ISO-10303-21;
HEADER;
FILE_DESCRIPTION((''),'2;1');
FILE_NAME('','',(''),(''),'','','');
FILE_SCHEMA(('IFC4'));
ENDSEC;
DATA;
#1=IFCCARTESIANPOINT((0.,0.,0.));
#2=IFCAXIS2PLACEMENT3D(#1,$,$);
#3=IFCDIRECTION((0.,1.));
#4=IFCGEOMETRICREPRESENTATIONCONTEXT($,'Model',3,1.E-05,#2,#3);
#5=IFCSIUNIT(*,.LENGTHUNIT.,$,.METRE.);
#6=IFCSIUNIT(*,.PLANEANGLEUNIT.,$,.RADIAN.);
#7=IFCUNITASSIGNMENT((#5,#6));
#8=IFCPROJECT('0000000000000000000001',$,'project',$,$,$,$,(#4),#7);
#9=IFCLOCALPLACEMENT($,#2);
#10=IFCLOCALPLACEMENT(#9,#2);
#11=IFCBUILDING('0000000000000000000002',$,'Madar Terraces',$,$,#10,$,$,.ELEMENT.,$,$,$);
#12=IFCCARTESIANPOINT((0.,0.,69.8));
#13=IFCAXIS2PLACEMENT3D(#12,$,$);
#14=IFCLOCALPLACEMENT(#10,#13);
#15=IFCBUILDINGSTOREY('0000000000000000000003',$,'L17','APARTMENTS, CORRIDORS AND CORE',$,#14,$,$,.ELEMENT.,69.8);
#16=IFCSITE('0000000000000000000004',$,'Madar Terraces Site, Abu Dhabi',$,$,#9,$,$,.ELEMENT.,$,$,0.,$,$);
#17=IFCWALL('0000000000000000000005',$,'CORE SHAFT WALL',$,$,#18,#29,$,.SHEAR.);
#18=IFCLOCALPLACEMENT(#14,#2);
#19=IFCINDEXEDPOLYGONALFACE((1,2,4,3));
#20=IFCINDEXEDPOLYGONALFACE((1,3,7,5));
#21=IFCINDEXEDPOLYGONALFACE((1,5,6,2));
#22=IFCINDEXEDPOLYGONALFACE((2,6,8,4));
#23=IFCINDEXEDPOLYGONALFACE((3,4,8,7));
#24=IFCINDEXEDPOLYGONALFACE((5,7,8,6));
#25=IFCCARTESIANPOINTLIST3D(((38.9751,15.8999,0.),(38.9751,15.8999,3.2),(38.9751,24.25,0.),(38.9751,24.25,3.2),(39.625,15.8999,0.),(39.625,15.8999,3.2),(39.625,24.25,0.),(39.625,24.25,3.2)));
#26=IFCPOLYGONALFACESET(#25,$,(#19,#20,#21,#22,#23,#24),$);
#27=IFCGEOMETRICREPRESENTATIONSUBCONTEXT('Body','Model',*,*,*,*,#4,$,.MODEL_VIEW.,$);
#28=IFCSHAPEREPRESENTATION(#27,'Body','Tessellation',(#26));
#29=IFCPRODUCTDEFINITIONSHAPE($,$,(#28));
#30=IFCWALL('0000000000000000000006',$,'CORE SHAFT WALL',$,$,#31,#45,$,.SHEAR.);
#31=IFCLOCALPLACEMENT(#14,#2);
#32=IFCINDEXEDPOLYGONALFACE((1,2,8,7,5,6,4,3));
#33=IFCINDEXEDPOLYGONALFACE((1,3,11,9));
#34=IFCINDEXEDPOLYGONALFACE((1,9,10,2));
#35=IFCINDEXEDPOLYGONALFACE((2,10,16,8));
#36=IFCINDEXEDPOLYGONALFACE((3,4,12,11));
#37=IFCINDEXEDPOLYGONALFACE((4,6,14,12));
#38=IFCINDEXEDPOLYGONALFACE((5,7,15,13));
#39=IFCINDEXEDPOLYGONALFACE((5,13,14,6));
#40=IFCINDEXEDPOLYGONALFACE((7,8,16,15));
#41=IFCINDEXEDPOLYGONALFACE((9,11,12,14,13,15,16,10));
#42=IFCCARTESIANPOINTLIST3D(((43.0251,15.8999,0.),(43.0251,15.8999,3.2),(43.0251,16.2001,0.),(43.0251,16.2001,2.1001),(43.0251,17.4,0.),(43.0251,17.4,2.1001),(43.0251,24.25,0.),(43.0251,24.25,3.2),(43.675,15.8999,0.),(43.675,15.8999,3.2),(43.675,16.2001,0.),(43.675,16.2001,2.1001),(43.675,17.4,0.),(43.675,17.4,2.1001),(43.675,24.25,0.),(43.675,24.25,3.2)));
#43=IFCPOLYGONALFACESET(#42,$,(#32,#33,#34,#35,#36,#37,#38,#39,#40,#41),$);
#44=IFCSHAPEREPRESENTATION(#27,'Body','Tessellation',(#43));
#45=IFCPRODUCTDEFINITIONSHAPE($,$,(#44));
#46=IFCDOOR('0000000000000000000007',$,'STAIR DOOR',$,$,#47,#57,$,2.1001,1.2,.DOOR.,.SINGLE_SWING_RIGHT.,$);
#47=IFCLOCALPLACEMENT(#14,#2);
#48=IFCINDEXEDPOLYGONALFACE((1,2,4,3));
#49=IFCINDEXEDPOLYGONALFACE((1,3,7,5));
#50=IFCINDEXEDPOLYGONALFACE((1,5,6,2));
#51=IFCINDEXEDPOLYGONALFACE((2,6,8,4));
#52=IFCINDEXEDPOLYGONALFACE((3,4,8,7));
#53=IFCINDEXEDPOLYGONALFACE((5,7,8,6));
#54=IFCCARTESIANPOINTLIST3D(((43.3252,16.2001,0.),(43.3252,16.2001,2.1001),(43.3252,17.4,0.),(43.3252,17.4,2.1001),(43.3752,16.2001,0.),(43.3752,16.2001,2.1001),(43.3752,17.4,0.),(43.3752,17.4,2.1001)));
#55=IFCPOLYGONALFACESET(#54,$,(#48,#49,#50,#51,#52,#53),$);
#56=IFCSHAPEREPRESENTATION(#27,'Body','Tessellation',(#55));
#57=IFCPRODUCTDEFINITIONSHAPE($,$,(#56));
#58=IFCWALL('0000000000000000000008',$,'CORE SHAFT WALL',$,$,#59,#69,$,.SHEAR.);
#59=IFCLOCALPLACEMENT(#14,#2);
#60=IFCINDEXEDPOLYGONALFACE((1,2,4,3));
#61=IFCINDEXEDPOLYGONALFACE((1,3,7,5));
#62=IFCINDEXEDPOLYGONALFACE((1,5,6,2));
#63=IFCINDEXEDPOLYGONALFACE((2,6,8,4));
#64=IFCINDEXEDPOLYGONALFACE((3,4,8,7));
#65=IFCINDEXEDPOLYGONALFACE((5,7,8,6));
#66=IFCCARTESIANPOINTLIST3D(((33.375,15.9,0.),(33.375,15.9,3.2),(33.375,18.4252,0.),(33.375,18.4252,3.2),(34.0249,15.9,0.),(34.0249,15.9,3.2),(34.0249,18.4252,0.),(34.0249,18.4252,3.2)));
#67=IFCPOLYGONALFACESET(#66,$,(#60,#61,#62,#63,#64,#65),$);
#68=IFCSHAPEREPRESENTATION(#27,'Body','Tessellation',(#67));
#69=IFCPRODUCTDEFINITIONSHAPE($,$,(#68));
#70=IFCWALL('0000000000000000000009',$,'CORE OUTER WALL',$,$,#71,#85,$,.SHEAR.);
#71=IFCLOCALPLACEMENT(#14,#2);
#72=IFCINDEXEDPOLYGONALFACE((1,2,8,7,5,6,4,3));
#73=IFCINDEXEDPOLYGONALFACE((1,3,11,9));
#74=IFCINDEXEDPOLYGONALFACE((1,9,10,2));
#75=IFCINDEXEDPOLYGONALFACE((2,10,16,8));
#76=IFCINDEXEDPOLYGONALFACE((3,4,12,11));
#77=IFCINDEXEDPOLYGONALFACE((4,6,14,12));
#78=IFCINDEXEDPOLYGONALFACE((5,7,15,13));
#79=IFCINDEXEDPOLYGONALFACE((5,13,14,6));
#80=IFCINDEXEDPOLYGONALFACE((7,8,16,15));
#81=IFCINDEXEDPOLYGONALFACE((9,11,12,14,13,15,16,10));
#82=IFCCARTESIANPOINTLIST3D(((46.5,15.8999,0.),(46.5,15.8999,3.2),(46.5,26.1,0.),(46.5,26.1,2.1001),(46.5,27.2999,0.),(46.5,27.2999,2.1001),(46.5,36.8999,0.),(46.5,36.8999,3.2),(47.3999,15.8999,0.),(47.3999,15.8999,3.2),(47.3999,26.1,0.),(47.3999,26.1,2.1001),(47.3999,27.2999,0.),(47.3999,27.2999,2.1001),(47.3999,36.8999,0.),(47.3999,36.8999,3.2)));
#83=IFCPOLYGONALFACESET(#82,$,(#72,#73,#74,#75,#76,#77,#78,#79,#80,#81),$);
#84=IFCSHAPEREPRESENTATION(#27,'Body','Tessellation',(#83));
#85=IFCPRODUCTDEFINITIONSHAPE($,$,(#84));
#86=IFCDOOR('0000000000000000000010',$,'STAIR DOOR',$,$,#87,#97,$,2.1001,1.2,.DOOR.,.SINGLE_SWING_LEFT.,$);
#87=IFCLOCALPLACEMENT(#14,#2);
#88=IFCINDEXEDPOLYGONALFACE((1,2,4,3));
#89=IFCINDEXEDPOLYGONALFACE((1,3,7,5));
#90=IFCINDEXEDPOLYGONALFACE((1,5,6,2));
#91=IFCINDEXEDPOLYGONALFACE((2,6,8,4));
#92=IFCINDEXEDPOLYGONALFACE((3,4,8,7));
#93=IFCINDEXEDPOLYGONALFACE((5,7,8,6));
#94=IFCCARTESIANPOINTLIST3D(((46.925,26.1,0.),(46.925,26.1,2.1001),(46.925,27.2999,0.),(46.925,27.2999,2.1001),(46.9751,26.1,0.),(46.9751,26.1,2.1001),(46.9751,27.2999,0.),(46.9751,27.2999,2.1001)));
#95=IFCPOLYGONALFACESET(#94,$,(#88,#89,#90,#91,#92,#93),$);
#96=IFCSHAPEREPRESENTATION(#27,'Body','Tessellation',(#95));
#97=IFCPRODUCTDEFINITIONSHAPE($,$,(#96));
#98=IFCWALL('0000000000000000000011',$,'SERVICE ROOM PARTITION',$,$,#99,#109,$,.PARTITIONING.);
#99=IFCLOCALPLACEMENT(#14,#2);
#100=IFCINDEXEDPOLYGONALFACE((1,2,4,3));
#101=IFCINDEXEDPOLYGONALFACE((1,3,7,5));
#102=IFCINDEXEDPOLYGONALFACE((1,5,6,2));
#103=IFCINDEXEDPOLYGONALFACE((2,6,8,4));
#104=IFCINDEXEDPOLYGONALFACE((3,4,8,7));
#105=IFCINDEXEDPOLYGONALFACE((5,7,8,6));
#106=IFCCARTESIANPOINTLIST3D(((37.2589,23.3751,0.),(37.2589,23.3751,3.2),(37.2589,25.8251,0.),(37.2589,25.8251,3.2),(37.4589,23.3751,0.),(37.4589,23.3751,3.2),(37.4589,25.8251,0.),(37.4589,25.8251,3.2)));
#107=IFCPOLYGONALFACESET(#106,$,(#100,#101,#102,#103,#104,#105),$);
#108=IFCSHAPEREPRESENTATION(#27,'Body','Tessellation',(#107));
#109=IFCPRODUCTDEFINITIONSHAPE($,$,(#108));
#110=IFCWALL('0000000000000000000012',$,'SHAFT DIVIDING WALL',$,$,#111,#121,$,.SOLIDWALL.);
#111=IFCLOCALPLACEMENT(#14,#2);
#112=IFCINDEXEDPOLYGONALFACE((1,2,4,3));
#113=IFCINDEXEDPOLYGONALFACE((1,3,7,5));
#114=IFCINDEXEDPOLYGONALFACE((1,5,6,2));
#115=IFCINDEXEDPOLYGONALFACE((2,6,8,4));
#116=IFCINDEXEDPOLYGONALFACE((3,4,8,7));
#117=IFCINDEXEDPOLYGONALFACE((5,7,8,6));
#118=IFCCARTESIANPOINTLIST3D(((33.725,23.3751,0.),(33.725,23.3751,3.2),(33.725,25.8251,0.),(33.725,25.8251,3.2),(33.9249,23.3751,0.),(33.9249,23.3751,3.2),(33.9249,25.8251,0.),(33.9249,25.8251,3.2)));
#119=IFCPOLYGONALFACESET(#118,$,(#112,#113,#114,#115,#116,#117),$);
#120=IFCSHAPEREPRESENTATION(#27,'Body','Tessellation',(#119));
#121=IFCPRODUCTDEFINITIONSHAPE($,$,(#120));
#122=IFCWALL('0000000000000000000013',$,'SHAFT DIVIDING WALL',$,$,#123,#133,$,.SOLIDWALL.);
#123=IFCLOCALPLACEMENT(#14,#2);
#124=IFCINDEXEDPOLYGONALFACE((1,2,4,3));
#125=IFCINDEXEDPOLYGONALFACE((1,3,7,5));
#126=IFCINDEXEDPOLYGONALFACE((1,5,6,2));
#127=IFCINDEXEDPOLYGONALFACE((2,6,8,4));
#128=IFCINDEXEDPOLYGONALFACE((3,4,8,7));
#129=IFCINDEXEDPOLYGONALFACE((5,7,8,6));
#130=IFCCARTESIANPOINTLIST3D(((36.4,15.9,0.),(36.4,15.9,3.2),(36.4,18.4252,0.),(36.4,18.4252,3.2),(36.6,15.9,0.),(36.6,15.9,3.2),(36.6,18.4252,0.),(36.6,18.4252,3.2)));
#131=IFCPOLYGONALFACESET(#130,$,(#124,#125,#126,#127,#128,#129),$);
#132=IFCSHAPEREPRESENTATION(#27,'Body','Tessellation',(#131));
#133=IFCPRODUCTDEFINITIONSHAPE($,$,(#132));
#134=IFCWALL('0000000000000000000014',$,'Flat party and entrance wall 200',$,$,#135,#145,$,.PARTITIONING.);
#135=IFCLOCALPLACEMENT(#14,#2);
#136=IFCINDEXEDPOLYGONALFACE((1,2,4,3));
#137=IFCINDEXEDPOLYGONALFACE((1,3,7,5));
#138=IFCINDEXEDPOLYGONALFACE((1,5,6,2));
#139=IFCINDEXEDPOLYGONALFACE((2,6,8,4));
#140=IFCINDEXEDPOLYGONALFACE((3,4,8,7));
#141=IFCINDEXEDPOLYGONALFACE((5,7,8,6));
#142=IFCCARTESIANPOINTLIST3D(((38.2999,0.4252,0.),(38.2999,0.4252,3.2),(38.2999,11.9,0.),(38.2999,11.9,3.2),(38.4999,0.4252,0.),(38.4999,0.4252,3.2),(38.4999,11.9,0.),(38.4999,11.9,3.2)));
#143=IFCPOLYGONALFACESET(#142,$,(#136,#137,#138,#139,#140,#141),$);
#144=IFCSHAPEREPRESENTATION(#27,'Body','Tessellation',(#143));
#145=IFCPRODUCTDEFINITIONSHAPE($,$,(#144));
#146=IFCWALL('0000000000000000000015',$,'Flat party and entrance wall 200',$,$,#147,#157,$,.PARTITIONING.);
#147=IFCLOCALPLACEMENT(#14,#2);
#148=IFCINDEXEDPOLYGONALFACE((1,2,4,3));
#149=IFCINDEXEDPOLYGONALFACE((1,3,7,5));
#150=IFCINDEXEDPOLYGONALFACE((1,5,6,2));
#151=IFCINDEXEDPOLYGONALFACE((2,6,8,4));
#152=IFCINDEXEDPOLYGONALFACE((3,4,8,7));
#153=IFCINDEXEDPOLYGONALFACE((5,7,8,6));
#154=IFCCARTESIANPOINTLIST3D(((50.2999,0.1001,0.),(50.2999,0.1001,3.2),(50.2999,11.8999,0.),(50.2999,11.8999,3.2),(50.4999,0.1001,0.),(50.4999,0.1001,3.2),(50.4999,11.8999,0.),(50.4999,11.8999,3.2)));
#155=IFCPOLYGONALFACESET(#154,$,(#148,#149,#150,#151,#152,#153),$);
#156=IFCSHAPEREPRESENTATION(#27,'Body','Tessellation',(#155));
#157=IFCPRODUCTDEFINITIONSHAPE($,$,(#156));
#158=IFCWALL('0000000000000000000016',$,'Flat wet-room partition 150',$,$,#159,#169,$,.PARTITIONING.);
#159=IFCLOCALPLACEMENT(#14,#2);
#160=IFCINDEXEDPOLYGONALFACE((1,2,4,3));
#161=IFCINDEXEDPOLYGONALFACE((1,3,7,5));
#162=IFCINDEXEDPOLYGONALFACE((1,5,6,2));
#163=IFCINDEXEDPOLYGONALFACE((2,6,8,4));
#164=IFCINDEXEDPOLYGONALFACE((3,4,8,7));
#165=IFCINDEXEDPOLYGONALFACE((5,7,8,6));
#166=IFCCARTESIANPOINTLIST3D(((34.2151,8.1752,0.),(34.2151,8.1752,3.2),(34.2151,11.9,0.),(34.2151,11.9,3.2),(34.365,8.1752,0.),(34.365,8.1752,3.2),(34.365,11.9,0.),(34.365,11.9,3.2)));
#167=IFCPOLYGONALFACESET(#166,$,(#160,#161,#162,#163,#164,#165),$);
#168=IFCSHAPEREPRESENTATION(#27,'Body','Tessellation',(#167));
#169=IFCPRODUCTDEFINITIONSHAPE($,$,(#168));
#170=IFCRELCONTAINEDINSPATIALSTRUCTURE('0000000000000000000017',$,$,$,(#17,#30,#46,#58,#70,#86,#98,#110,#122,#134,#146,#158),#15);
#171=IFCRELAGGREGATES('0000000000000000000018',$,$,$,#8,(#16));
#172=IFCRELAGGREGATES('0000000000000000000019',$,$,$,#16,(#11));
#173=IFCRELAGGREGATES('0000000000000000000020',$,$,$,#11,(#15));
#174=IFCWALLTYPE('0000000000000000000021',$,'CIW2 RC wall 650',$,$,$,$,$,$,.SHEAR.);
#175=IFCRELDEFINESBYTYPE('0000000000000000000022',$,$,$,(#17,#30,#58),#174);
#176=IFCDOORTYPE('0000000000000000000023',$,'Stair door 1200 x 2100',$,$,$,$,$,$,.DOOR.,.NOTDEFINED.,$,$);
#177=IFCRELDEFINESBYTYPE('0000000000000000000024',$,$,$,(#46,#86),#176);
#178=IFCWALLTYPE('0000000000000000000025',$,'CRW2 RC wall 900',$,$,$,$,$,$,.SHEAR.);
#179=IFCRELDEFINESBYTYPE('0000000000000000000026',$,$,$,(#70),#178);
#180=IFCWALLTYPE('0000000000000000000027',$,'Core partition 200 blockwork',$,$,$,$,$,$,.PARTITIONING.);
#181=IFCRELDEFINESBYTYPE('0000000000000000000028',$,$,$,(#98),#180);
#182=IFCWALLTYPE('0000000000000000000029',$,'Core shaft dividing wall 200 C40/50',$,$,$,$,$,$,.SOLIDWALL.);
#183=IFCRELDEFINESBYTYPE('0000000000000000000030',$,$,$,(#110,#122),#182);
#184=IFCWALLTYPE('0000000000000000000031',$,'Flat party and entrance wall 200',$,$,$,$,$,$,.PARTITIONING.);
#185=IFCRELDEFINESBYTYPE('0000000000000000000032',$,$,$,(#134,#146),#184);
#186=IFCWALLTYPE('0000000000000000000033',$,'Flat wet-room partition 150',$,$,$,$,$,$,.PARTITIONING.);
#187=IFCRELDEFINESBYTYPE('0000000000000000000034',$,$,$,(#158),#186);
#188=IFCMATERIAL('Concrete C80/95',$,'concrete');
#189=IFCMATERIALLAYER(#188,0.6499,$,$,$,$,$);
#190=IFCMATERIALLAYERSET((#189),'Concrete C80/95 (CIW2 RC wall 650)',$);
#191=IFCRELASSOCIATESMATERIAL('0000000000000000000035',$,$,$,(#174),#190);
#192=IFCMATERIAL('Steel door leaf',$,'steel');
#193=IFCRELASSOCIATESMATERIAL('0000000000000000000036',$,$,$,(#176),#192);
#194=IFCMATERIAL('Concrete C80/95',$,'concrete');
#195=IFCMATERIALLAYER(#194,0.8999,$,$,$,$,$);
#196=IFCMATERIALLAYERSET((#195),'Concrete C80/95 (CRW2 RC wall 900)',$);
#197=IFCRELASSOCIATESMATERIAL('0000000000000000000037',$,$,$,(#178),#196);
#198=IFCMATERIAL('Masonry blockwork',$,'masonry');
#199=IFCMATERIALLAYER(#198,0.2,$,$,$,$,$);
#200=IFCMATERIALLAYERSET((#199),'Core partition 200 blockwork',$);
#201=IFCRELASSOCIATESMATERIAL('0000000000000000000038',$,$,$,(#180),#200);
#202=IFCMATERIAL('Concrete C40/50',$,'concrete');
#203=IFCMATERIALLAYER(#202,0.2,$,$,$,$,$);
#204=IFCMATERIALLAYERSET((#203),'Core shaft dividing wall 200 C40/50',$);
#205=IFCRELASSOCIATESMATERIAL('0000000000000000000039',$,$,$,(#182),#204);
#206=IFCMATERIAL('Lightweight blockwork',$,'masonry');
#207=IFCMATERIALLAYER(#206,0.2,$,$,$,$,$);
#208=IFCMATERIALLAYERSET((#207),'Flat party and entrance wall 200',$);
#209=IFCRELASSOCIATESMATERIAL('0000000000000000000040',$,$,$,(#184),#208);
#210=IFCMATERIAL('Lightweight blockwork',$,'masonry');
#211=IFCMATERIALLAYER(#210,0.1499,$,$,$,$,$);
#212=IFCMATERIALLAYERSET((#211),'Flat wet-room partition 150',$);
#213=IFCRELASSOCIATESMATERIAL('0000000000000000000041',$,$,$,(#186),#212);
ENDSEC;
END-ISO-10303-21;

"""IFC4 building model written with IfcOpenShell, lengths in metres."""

from ifc_helpers import new_model, si_unit, direction, frame, frame_2d, origin, place, context, subcontext, project, spatial, rectangle, extrude, material, layer, layer_set, type_object, element, fill, save


model = new_model("IFC4")

# Units and contexts
model_context = context("Model", 3, precision=1e-05, world=origin(), true_north=direction((0.0, 1.0)))
body_context = subcontext(model_context, "Body", "Model", "MODEL_VIEW")
ifc_project = project(units=[si_unit("LENGTHUNIT", "METRE"), si_unit("PLANEANGLEUNIT", "RADIAN")], contexts=[model_context])

# Site, building, storey
site_placement = place(None, origin())
site = spatial("IfcSite", under=ifc_project, at=site_placement, Name="Madar Terraces Site, Abu Dhabi", CompositionType="ELEMENT", RefElevation=0.0)
building_placement = place(site_placement, origin())
building = spatial("IfcBuilding", under=site, at=building_placement, Name="Madar Terraces", CompositionType="ELEMENT")
storey_placement = place(building_placement, frame((0.0, 0.0, 69.8)))
storey = spatial("IfcBuildingStorey", under=building, at=storey_placement, Name="L17", Description="APARTMENTS, CORRIDORS AND CORE", CompositionType="ELEMENT", Elevation=69.8)

# Wall
ifc_material_1 = material(Name="Concrete C80/95", Category="concrete")
ifc_layer_1 = layer(ifc_material_1, 0.6499)
ifc_layer_set_1 = layer_set([ifc_layer_1], Name="Concrete C80/95 (CIW2 RC wall 650)")
wall_type_1 = type_object("IfcWallType", Name="CIW2 RC wall 650", PredefinedType="SHEAR", material=ifc_layer_set_1)
wall_1_placement = place(storey_placement, frame((39.3, 15.8999, 0.0), z_axis=(0.0, 0.0, 1.0), x_axis=(0.0, 1.0, 0.0)))
element("IfcWall", 1, at=wall_1_placement, inside=storey, type_object=wall_type_1, Name="CORE SHAFT WALL", PredefinedType="SHEAR", context=body_context, shape_type="SweptSolid", body=[
    extrude(rectangle(XDim=8.3501, YDim=0.6499, at=frame_2d((4.175, 0.0))), origin(), (0.0, 0.0, 1.0), 3.2),
])

# Wall, opening, door
wall_2_placement = place(storey_placement, frame((43.3501, 15.8999, 0.0), z_axis=(0.0, 0.0, 1.0), x_axis=(0.0, 1.0, 0.0)))
wall_2 = element("IfcWall", 2, at=wall_2_placement, inside=storey, type_object=wall_type_1, Name="CORE SHAFT WALL", PredefinedType="SHEAR", context=body_context, shape_type="SweptSolid", body=[
    extrude(rectangle(XDim=8.3501, YDim=0.6499, at=frame_2d((4.175, 0.0))), origin(), (0.0, 0.0, 1.0), 3.2),
])
opening_1_placement = place(wall_2_placement, frame((0.3, 0.0, 0.0)))
opening_1 = element("IfcOpeningElement", 3, at=opening_1_placement, cuts=wall_2, PredefinedType="OPENING", context=body_context, shape_type="SweptSolid", body=[
    extrude(rectangle(XDim=1.2, YDim=2.1001, at=frame_2d((0.6001, 1.05))), frame((0.0, 0.335, 0.0), z_axis=(0.0, -1.0, 0.0), x_axis=(1.0, 0.0, 0.0)), (0.0, 0.0, 1.0), 0.6699),
])
ifc_material_2 = material(Name="Steel door leaf", Category="steel")
door_type_1 = type_object("IfcDoorType", Name="Stair door 1200 x 2100", OperationType="NOTDEFINED", PredefinedType="DOOR", material=ifc_material_2)
door_1_placement = place(opening_1_placement, origin())
door_1 = element("IfcDoor", 4, at=door_1_placement, inside=storey, type_object=door_type_1, Name="STAIR DOOR", OperationType="SINGLE_SWING_RIGHT", OverallHeight=2.1001, OverallWidth=1.2, PredefinedType="DOOR", context=body_context, shape_type="SweptSolid", body=[
    extrude(rectangle(XDim=1.2, YDim=2.1001, at=frame_2d((0.6001, 1.05))), frame((0.0, 0.0249, 0.0), z_axis=(0.0, -1.0, 0.0), x_axis=(1.0, 0.0, 0.0)), (0.0, 0.0, 1.0), 0.05),
])
fill(opening_1, door_1)

# Wall
wall_3_placement = place(storey_placement, frame((33.7, 15.8999, 0.0), z_axis=(0.0, 0.0, 1.0), x_axis=(0.0, 1.0, 0.0)))
element("IfcWall", 5, at=wall_3_placement, inside=storey, type_object=wall_type_1, Name="CORE SHAFT WALL", PredefinedType="SHEAR", context=body_context, shape_type="SweptSolid", body=[
    extrude(rectangle(XDim=2.5251, YDim=0.6499, at=frame_2d((1.2627, 0.0))), origin(), (0.0, 0.0, 1.0), 3.2),
])

# Wall, opening, door
ifc_material_3 = material(Name="Concrete C80/95", Category="concrete")
ifc_layer_2 = layer(ifc_material_3, 0.8999)
ifc_layer_set_2 = layer_set([ifc_layer_2], Name="Concrete C80/95 (CRW2 RC wall 900)")
wall_type_2 = type_object("IfcWallType", Name="CRW2 RC wall 900", PredefinedType="SHEAR", material=ifc_layer_set_2)
wall_4_placement = place(storey_placement, frame((46.95, 15.8999, 0.0), z_axis=(0.0, 0.0, 1.0), x_axis=(0.0, 1.0, 0.0)))
wall_4 = element("IfcWall", 6, at=wall_4_placement, inside=storey, type_object=wall_type_2, Name="CORE OUTER WALL", PredefinedType="SHEAR", context=body_context, shape_type="SweptSolid", body=[
    extrude(rectangle(XDim=21.0, YDim=0.8999, at=frame_2d((10.5, 0.0))), origin(), (0.0, 0.0, 1.0), 3.2),
])
opening_2_placement = place(wall_4_placement, frame((10.2, 0.0, 0.0)))
opening_2 = element("IfcOpeningElement", 7, at=opening_2_placement, cuts=wall_4, PredefinedType="OPENING", context=body_context, shape_type="SweptSolid", body=[
    extrude(rectangle(XDim=1.2, YDim=2.1001, at=frame_2d((0.6001, 1.05))), frame((0.0, 0.46, 0.0), z_axis=(0.0, -1.0, 0.0), x_axis=(1.0, 0.0, 0.0)), (0.0, 0.0, 1.0), 0.9199),
])
door_2_placement = place(opening_2_placement, origin())
door_2 = element("IfcDoor", 8, at=door_2_placement, inside=storey, type_object=door_type_1, Name="STAIR DOOR", OperationType="SINGLE_SWING_LEFT", OverallHeight=2.1001, OverallWidth=1.2, PredefinedType="DOOR", context=body_context, shape_type="SweptSolid", body=[
    extrude(rectangle(XDim=1.2, YDim=2.1001, at=frame_2d((0.6001, 1.05))), frame((0.0, 0.0249, 0.0), z_axis=(0.0, -1.0, 0.0), x_axis=(1.0, 0.0, 0.0)), (0.0, 0.0, 1.0), 0.05),
])
fill(opening_2, door_2)

# Walls
ifc_material_4 = material(Name="Masonry blockwork", Category="masonry")
ifc_layer_3 = layer(ifc_material_4, 0.2)
ifc_layer_set_3 = layer_set([ifc_layer_3], Name="Core partition 200 blockwork")
wall_type_3 = type_object("IfcWallType", Name="Core partition 200 blockwork", PredefinedType="PARTITIONING", material=ifc_layer_set_3)
wall_5_placement = place(storey_placement, frame((37.3589, 23.375, 0.0), z_axis=(0.0, 0.0, 1.0), x_axis=(0.0, 1.0, 0.0)))
element("IfcWall", 9, at=wall_5_placement, inside=storey, type_object=wall_type_3, Name="SERVICE ROOM PARTITION", PredefinedType="PARTITIONING", context=body_context, shape_type="SweptSolid", body=[
    extrude(rectangle(XDim=2.45, YDim=0.2, at=frame_2d((1.2251, 0.0))), origin(), (0.0, 0.0, 1.0), 3.2),
])
ifc_material_5 = material(Name="Concrete C40/50", Category="concrete")
ifc_layer_4 = layer(ifc_material_5, 0.2)
ifc_layer_set_4 = layer_set([ifc_layer_4], Name="Core shaft dividing wall 200 C40/50")
wall_type_4 = type_object("IfcWallType", Name="Core shaft dividing wall 200 C40/50", PredefinedType="SOLIDWALL", material=ifc_layer_set_4)
wall_6_placement = place(storey_placement, frame((33.825, 23.375, 0.0), z_axis=(0.0, 0.0, 1.0), x_axis=(0.0, 1.0, 0.0)))
element("IfcWall", 10, at=wall_6_placement, inside=storey, type_object=wall_type_4, Name="SHAFT DIVIDING WALL", PredefinedType="SOLIDWALL", context=body_context, shape_type="SweptSolid", body=[
    extrude(rectangle(XDim=2.45, YDim=0.2, at=frame_2d((1.2251, 0.0))), origin(), (0.0, 0.0, 1.0), 3.2),
])
wall_7_placement = place(storey_placement, frame((36.5, 15.8999, 0.0), z_axis=(0.0, 0.0, 1.0), x_axis=(0.0, 1.0, 0.0)))
element("IfcWall", 11, at=wall_7_placement, inside=storey, type_object=wall_type_4, Name="SHAFT DIVIDING WALL", PredefinedType="SOLIDWALL", context=body_context, shape_type="SweptSolid", body=[
    extrude(rectangle(XDim=2.5251, YDim=0.2, at=frame_2d((1.2627, 0.0))), origin(), (0.0, 0.0, 1.0), 3.2),
])
ifc_material_6 = material(Name="Lightweight blockwork", Category="masonry")
ifc_layer_5 = layer(ifc_material_6, 0.2)
ifc_layer_set_5 = layer_set([ifc_layer_5], Name="Flat party and entrance wall 200")
wall_type_5 = type_object("IfcWallType", Name="Flat party and entrance wall 200", PredefinedType="PARTITIONING", material=ifc_layer_set_5)
wall_8_placement = place(storey_placement, frame((38.3999, 11.8999, 0.0), z_axis=(0.0, 0.0, 1.0), x_axis=(0.0, -1.0, 0.0)))
element("IfcWall", 12, at=wall_8_placement, inside=storey, type_object=wall_type_5, Name="Flat party and entrance wall 200", PredefinedType="PARTITIONING", context=body_context, shape_type="SweptSolid", body=[
    extrude(rectangle(XDim=11.4749, YDim=0.2, at=frame_2d((5.7373, 0.0))), origin(), (0.0, 0.0, 1.0), 3.2),
])
wall_9_placement = place(storey_placement, frame((50.3999, 11.8999, 0.0), z_axis=(0.0, 0.0, 1.0), x_axis=(0.0, -1.0, 0.0)))
element("IfcWall", 13, at=wall_9_placement, inside=storey, type_object=wall_type_5, Name="Flat party and entrance wall 200", PredefinedType="PARTITIONING", context=body_context, shape_type="SweptSolid", body=[
    extrude(rectangle(XDim=11.7998, YDim=0.2, at=frame_2d((5.8999, 0.0))), origin(), (0.0, 0.0, 1.0), 3.2),
])
ifc_material_7 = material(Name="Lightweight blockwork", Category="masonry")
ifc_layer_6 = layer(ifc_material_7, 0.1499)
ifc_layer_set_6 = layer_set([ifc_layer_6], Name="Flat wet-room partition 150")
wall_type_6 = type_object("IfcWallType", Name="Flat wet-room partition 150", PredefinedType="PARTITIONING", material=ifc_layer_set_6)
wall_10_placement = place(storey_placement, frame((34.29, 11.8999, 0.0), z_axis=(0.0, 0.0, 1.0), x_axis=(0.0, -1.0, 0.0)))
element("IfcWall", 14, at=wall_10_placement, inside=storey, type_object=wall_type_6, Name="Flat wet-room partition 150", PredefinedType="PARTITIONING", context=body_context, shape_type="SweptSolid", body=[
    extrude(rectangle(XDim=3.7249, YDim=0.1499, at=frame_2d((1.8623, 0.0))), origin(), (0.0, 0.0, 1.0), 3.2),
])

save(model, "model.ifc")
